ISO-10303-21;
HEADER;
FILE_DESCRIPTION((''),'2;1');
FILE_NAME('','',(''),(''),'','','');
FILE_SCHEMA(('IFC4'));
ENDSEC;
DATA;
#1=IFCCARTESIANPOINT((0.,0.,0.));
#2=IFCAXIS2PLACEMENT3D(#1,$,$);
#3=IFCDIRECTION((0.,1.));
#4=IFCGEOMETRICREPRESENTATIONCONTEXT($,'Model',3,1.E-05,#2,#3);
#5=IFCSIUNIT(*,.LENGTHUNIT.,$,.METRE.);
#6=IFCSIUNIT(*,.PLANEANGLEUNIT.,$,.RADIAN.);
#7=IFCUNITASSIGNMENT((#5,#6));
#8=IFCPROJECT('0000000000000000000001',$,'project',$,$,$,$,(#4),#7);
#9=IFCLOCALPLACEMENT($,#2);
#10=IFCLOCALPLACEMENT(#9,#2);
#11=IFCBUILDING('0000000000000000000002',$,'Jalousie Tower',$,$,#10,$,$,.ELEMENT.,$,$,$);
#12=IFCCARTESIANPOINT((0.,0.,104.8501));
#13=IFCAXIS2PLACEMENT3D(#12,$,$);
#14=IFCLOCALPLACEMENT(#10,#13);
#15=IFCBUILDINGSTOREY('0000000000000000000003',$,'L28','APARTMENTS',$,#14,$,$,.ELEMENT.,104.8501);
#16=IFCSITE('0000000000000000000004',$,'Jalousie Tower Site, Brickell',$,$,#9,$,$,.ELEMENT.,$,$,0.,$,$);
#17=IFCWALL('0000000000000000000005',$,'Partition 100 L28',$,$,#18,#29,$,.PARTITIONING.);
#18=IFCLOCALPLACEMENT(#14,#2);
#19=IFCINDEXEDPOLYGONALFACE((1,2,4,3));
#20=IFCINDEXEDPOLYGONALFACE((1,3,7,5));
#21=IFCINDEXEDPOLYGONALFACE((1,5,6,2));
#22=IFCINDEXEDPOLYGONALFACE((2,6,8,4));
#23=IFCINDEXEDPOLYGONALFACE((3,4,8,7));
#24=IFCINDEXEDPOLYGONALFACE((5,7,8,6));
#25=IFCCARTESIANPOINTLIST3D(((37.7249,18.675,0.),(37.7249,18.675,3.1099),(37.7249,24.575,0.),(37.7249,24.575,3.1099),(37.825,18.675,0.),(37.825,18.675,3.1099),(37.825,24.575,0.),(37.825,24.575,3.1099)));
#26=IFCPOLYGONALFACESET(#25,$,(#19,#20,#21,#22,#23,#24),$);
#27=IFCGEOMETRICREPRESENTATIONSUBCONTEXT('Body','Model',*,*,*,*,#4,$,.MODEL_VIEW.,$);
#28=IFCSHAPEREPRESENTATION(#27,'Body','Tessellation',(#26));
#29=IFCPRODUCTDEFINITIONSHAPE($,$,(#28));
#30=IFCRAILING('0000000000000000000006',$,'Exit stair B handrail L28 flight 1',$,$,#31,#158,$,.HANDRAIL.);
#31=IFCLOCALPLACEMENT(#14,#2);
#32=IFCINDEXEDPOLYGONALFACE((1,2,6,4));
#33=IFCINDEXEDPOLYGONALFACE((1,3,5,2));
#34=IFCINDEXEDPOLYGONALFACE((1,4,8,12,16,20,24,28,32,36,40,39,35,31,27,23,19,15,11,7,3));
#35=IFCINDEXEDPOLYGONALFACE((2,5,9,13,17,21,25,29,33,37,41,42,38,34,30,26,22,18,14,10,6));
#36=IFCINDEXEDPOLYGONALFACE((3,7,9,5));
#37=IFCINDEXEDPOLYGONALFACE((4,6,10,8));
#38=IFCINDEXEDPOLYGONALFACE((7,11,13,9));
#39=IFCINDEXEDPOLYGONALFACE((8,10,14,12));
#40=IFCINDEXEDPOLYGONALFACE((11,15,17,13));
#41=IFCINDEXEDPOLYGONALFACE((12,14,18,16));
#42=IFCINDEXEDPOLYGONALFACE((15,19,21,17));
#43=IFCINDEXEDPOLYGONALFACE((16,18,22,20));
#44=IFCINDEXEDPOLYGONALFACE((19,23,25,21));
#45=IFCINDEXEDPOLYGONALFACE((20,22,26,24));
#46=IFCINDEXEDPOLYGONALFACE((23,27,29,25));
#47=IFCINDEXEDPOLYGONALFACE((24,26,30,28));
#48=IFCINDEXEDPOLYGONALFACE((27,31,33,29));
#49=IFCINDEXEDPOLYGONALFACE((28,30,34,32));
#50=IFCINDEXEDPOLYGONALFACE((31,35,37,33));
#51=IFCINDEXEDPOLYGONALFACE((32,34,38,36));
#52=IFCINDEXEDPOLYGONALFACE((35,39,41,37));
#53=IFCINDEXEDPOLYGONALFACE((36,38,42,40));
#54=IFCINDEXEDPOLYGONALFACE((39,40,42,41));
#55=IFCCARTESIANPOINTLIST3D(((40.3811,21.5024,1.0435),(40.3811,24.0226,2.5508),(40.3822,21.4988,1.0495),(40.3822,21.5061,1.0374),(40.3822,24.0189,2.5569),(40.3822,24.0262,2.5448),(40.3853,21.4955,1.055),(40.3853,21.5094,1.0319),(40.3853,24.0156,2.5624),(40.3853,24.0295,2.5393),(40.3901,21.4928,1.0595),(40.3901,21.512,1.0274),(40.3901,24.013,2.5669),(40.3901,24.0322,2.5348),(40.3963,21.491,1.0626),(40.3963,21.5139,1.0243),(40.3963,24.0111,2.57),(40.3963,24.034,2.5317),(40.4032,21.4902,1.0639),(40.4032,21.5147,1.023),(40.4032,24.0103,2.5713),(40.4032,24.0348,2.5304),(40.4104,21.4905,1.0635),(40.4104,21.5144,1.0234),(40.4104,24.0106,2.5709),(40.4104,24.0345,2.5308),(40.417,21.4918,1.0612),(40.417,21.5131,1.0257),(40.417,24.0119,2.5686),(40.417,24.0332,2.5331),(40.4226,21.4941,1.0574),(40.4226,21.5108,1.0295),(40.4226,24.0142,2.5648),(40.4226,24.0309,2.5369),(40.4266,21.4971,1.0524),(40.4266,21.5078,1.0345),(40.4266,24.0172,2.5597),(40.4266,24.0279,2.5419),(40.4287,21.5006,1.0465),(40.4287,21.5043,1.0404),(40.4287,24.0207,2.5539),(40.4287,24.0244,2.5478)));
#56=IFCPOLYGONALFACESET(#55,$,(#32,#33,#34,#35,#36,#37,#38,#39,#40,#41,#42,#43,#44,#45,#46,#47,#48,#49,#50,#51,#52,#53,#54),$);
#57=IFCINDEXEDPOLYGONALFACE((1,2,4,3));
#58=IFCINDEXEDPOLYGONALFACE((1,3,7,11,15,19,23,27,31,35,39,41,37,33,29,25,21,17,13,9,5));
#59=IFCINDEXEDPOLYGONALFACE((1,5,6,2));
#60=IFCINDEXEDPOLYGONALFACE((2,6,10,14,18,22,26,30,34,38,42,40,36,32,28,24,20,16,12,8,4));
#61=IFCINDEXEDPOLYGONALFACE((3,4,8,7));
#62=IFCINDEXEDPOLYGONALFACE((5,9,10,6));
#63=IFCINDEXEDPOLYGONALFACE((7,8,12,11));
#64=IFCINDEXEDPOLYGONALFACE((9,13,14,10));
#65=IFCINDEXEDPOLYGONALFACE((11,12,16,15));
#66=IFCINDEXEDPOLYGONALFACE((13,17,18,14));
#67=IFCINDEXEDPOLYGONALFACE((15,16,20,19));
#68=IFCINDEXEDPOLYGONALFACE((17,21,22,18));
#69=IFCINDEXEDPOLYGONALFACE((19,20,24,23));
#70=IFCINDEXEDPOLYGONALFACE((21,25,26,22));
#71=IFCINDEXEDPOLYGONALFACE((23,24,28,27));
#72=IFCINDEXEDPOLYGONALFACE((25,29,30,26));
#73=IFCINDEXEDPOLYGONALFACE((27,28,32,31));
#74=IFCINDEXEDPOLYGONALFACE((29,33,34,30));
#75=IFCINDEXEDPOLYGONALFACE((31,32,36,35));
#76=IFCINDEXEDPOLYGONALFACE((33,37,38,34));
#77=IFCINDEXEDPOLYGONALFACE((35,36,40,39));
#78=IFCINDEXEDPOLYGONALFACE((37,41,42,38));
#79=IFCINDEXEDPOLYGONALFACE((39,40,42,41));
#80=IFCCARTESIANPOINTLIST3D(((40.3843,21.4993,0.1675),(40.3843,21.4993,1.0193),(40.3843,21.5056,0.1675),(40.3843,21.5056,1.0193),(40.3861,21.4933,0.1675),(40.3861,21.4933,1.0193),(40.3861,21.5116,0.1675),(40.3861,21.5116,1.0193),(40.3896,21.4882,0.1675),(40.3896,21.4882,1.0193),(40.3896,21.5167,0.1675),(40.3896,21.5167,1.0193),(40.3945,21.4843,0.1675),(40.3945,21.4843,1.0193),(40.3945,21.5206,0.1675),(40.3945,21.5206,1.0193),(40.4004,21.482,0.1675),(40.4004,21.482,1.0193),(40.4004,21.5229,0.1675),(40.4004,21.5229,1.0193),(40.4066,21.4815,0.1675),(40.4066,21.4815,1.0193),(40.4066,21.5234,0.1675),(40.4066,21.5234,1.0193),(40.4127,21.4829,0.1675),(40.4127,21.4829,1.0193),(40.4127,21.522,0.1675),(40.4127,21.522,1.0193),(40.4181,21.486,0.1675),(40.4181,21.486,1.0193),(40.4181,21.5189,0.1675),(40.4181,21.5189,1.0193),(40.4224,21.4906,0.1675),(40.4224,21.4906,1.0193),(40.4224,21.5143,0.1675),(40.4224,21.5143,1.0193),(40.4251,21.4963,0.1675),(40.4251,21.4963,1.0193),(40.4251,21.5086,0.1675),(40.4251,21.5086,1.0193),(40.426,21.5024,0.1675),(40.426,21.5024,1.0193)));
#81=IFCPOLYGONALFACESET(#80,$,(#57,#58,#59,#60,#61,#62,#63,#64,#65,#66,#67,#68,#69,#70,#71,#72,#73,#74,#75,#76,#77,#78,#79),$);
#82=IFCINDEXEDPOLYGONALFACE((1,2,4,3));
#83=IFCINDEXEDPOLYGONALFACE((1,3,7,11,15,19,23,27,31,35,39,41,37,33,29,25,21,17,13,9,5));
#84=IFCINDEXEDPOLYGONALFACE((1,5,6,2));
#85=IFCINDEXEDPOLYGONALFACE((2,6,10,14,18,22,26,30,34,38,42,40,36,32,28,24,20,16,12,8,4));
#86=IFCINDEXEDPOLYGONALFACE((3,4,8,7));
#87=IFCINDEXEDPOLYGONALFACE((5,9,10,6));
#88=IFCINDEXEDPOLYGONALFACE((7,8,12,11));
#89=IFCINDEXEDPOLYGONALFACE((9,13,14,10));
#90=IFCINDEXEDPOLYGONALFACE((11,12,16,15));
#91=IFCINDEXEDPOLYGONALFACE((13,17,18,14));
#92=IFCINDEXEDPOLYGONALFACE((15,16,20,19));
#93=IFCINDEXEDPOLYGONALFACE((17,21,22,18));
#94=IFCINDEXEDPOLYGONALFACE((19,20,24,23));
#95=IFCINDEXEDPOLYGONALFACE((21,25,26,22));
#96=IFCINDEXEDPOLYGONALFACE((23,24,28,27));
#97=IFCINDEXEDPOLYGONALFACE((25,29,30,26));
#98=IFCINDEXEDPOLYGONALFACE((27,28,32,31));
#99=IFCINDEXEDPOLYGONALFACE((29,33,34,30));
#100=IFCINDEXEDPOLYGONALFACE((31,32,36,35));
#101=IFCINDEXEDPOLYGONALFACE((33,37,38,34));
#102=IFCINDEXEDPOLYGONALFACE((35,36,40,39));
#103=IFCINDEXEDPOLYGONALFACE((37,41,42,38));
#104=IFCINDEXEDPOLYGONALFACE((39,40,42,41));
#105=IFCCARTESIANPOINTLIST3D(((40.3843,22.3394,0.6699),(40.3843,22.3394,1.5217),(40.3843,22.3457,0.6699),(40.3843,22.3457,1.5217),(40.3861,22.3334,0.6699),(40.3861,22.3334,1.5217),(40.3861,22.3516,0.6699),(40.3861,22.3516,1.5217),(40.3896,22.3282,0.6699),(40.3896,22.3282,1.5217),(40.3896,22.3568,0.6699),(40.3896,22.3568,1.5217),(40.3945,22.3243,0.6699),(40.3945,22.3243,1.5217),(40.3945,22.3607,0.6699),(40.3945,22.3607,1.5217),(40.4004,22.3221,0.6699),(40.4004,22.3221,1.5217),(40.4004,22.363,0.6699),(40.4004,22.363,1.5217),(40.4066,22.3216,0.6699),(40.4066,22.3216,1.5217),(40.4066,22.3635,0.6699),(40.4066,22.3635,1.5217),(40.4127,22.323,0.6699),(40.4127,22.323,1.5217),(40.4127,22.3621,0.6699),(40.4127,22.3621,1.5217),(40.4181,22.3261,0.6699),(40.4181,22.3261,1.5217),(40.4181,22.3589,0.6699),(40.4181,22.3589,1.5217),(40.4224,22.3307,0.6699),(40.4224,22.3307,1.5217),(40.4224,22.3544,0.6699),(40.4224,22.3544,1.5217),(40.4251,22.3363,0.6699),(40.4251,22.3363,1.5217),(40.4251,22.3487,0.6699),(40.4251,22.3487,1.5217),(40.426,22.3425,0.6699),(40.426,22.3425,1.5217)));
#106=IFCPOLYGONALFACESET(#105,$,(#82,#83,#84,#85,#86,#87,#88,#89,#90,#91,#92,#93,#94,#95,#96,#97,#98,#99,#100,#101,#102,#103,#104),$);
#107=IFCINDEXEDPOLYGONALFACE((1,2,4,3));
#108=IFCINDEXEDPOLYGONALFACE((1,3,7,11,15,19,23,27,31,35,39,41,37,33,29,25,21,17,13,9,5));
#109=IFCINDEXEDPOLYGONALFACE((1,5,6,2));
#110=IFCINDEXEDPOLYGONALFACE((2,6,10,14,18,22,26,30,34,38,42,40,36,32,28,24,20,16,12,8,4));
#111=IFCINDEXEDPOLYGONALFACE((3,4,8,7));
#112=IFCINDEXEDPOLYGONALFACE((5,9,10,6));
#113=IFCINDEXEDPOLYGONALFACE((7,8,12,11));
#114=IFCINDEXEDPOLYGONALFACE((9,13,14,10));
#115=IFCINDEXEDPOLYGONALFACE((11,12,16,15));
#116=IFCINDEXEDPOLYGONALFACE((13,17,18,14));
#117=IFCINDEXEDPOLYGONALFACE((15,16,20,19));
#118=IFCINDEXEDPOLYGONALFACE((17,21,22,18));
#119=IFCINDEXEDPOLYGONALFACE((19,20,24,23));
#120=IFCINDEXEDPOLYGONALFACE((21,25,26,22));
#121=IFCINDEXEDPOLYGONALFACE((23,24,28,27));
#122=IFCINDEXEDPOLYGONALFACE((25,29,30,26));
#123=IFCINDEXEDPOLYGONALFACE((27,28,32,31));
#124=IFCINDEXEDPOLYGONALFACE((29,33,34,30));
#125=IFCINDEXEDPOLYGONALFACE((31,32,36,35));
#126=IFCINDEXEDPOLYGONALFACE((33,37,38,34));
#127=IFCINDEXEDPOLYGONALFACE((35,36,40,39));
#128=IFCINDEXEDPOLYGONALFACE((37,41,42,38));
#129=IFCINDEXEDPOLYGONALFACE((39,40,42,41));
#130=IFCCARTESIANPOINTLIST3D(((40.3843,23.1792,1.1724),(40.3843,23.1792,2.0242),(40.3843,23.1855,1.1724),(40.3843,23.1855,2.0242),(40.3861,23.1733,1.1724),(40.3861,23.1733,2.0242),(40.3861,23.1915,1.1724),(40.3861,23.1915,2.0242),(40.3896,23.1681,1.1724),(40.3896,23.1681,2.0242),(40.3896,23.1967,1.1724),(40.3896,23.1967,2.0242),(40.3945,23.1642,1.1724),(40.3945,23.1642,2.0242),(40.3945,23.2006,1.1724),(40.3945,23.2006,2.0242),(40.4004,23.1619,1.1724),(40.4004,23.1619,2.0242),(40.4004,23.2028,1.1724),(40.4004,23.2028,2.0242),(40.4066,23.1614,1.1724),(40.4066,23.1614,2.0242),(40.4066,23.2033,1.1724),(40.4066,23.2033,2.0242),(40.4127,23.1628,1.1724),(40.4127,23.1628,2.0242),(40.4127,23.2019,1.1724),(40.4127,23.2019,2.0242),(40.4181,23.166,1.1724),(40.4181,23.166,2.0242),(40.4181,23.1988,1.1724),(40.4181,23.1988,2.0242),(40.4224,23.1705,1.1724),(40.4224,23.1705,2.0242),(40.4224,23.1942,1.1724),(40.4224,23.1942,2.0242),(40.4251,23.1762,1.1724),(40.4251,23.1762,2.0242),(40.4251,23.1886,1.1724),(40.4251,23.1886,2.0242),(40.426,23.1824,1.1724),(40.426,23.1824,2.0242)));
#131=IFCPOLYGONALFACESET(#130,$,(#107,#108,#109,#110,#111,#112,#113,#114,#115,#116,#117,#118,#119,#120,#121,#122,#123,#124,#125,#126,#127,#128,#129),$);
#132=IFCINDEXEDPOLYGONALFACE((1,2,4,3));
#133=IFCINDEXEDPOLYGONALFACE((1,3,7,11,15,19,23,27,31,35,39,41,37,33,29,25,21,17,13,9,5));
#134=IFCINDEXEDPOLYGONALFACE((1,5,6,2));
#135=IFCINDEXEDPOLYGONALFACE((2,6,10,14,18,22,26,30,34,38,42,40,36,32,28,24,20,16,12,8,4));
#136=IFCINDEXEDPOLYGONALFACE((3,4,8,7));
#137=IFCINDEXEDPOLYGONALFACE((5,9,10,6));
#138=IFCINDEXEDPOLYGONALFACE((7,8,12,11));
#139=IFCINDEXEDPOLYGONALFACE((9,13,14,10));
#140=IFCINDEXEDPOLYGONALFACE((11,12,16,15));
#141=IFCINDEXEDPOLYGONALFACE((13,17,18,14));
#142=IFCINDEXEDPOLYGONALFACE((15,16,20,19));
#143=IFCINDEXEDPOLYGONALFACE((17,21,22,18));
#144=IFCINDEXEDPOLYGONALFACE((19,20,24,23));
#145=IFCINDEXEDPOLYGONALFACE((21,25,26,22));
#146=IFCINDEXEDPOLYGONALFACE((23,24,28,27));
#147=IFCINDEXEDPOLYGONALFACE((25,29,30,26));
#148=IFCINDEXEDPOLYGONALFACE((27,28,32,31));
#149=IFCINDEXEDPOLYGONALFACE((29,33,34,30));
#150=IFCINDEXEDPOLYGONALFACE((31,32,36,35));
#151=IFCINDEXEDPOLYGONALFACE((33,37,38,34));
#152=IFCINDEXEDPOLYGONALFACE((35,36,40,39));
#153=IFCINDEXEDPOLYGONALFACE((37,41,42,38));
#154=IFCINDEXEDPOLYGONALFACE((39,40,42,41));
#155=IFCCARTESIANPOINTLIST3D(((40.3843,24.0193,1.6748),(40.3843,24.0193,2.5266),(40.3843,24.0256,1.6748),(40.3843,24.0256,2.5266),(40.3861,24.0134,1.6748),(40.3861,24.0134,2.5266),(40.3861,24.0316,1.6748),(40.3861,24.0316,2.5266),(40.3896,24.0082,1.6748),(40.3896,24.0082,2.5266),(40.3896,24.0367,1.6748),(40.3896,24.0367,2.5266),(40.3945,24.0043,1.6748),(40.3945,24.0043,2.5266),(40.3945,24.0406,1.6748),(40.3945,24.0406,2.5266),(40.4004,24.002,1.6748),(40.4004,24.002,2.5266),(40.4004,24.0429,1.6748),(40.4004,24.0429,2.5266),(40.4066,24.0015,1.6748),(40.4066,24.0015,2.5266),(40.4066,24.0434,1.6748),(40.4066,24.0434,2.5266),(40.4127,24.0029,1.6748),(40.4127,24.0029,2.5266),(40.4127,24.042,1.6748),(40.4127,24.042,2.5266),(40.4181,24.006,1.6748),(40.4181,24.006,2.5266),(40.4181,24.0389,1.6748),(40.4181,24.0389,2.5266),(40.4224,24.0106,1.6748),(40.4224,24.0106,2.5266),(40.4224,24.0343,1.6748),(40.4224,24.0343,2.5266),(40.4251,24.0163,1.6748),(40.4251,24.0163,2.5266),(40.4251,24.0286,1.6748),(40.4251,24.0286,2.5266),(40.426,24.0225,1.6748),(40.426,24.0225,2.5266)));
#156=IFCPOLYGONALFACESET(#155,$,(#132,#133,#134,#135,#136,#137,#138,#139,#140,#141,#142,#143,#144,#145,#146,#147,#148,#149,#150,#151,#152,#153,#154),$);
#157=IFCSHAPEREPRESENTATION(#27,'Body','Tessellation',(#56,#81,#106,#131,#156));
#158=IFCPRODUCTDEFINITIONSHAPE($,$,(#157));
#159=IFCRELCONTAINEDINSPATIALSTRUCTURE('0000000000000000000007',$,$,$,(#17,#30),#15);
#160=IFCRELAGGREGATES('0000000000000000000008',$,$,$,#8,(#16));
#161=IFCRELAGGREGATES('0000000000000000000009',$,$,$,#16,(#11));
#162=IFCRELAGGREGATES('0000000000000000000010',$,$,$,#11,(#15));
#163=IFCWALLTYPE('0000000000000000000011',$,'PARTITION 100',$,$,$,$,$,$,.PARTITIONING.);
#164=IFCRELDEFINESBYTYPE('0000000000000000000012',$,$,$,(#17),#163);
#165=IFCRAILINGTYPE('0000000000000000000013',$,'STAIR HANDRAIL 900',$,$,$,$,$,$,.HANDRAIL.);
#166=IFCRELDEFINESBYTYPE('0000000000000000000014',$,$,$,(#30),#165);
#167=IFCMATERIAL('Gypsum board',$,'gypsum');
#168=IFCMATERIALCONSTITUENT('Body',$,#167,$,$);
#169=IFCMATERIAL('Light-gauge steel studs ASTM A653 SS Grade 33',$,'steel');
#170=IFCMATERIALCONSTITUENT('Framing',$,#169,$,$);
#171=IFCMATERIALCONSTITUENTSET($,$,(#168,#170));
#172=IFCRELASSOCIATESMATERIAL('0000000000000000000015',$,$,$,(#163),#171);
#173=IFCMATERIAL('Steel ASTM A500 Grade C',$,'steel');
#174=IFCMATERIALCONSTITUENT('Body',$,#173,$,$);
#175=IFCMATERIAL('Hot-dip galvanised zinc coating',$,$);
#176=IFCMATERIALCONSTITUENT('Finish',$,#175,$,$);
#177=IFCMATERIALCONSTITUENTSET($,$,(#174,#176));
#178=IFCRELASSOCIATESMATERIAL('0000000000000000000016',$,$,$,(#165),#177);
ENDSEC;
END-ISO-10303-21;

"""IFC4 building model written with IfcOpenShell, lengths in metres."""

from ifc_helpers import new_model, si_unit, direction, frame, frame_2d, origin, origin_2d, place, context, subcontext, project, spatial, rectangle, circle, extrude, material, constituent, constituent_set, type_object, element, save


model = new_model("IFC4")

# Units and contexts
model_context = context("Model", 3, precision=1e-05, world=origin(), true_north=direction((0.0, 1.0)))
body_context = subcontext(model_context, "Body", "Model", "MODEL_VIEW")
ifc_project = project(units=[si_unit("LENGTHUNIT", "METRE"), si_unit("PLANEANGLEUNIT", "RADIAN")], contexts=[model_context])

# Site, building, storey
site_placement = place(None, origin())
site = spatial("IfcSite", under=ifc_project, at=site_placement, Name="Jalousie Tower Site, Brickell", CompositionType="ELEMENT", RefElevation=0.0)
building_placement = place(site_placement, origin())
building = spatial("IfcBuilding", under=site, at=building_placement, Name="Jalousie Tower", CompositionType="ELEMENT")
storey_placement = place(building_placement, frame((0.0, 0.0, 104.8501)))
storey = spatial("IfcBuildingStorey", under=building, at=storey_placement, Name="L28", Description="APARTMENTS", CompositionType="ELEMENT", Elevation=104.8501)

# Wall
ifc_material_1 = material(Name="Gypsum board", Category="gypsum")
ifc_constituent_1 = constituent(ifc_material_1, Name="Body")
ifc_material_2 = material(Name="Light-gauge steel studs ASTM A653 SS Grade 33", Category="steel")
ifc_constituent_2 = constituent(ifc_material_2, Name="Framing")
ifc_constituent_set_1 = constituent_set(constituents=[ifc_constituent_1, ifc_constituent_2])
wall_type_1 = type_object("IfcWallType", Name="PARTITION 100", PredefinedType="PARTITIONING", material=ifc_constituent_set_1)
wall_1_placement = place(storey_placement, frame((37.7749, 18.675, 0.0), z_axis=(0.0, 0.0, 1.0), x_axis=(0.0, 1.0, 0.0)))
element("IfcWall", 1, at=wall_1_placement, inside=storey, type_object=wall_type_1, Name="Partition 100 L28", PredefinedType="PARTITIONING", context=body_context, shape_type="SweptSolid", body=[
    extrude(rectangle(XDim=5.8999, YDim=0.1001, at=frame_2d((2.95, 0.0))), origin(), (0.0, 0.0, 1.0), 3.1099),
])

# Railing
ifc_material_3 = material(Name="Steel ASTM A500 Grade C", Category="steel")
ifc_constituent_3 = constituent(ifc_material_3, Name="Body")
ifc_material_4 = material(Name="Hot-dip galvanised zinc coating")
ifc_constituent_4 = constituent(ifc_material_4, Name="Finish")
ifc_constituent_set_2 = constituent_set(constituents=[ifc_constituent_3, ifc_constituent_4])
railing_type = type_object("IfcRailingType", Name="STAIR HANDRAIL 900", PredefinedType="HANDRAIL", material=ifc_constituent_set_2)
railing_1_placement = place(storey_placement, frame((40.405, 21.5024, 0.1675)))
element("IfcRailing", 2, at=railing_1_placement, inside=storey, type_object=railing_type, Name="Exit stair B handrail L28 flight 1", PredefinedType="HANDRAIL", context=body_context, shape_type="SweptSolid", body=[
    extrude(circle(Radius=0.0239, at=origin_2d()), frame((0.0, 0.0, 0.876), z_axis=(0.0, 0.858196, 0.513321), x_axis=(-1.0, 0.0, 0.0)), (0.0, 0.0, 1.0), 2.9365),
    extrude(circle(Radius=0.021, at=origin_2d()), origin(), (0.0, 0.0, 1.0), 0.8518),
    extrude(circle(Radius=0.021, at=origin_2d()), frame((0.0, 0.8401, 0.5024)), (0.0, 0.0, 1.0), 0.8518),
    extrude(circle(Radius=0.021, at=origin_2d()), frame((0.0, 1.6799, 1.0049)), (0.0, 0.0, 1.0), 0.8518),
    extrude(circle(Radius=0.021, at=origin_2d()), frame((0.0, 2.52, 1.5073)), (0.0, 0.0, 1.0), 0.8518),
])

save(model, "model.ifc")
